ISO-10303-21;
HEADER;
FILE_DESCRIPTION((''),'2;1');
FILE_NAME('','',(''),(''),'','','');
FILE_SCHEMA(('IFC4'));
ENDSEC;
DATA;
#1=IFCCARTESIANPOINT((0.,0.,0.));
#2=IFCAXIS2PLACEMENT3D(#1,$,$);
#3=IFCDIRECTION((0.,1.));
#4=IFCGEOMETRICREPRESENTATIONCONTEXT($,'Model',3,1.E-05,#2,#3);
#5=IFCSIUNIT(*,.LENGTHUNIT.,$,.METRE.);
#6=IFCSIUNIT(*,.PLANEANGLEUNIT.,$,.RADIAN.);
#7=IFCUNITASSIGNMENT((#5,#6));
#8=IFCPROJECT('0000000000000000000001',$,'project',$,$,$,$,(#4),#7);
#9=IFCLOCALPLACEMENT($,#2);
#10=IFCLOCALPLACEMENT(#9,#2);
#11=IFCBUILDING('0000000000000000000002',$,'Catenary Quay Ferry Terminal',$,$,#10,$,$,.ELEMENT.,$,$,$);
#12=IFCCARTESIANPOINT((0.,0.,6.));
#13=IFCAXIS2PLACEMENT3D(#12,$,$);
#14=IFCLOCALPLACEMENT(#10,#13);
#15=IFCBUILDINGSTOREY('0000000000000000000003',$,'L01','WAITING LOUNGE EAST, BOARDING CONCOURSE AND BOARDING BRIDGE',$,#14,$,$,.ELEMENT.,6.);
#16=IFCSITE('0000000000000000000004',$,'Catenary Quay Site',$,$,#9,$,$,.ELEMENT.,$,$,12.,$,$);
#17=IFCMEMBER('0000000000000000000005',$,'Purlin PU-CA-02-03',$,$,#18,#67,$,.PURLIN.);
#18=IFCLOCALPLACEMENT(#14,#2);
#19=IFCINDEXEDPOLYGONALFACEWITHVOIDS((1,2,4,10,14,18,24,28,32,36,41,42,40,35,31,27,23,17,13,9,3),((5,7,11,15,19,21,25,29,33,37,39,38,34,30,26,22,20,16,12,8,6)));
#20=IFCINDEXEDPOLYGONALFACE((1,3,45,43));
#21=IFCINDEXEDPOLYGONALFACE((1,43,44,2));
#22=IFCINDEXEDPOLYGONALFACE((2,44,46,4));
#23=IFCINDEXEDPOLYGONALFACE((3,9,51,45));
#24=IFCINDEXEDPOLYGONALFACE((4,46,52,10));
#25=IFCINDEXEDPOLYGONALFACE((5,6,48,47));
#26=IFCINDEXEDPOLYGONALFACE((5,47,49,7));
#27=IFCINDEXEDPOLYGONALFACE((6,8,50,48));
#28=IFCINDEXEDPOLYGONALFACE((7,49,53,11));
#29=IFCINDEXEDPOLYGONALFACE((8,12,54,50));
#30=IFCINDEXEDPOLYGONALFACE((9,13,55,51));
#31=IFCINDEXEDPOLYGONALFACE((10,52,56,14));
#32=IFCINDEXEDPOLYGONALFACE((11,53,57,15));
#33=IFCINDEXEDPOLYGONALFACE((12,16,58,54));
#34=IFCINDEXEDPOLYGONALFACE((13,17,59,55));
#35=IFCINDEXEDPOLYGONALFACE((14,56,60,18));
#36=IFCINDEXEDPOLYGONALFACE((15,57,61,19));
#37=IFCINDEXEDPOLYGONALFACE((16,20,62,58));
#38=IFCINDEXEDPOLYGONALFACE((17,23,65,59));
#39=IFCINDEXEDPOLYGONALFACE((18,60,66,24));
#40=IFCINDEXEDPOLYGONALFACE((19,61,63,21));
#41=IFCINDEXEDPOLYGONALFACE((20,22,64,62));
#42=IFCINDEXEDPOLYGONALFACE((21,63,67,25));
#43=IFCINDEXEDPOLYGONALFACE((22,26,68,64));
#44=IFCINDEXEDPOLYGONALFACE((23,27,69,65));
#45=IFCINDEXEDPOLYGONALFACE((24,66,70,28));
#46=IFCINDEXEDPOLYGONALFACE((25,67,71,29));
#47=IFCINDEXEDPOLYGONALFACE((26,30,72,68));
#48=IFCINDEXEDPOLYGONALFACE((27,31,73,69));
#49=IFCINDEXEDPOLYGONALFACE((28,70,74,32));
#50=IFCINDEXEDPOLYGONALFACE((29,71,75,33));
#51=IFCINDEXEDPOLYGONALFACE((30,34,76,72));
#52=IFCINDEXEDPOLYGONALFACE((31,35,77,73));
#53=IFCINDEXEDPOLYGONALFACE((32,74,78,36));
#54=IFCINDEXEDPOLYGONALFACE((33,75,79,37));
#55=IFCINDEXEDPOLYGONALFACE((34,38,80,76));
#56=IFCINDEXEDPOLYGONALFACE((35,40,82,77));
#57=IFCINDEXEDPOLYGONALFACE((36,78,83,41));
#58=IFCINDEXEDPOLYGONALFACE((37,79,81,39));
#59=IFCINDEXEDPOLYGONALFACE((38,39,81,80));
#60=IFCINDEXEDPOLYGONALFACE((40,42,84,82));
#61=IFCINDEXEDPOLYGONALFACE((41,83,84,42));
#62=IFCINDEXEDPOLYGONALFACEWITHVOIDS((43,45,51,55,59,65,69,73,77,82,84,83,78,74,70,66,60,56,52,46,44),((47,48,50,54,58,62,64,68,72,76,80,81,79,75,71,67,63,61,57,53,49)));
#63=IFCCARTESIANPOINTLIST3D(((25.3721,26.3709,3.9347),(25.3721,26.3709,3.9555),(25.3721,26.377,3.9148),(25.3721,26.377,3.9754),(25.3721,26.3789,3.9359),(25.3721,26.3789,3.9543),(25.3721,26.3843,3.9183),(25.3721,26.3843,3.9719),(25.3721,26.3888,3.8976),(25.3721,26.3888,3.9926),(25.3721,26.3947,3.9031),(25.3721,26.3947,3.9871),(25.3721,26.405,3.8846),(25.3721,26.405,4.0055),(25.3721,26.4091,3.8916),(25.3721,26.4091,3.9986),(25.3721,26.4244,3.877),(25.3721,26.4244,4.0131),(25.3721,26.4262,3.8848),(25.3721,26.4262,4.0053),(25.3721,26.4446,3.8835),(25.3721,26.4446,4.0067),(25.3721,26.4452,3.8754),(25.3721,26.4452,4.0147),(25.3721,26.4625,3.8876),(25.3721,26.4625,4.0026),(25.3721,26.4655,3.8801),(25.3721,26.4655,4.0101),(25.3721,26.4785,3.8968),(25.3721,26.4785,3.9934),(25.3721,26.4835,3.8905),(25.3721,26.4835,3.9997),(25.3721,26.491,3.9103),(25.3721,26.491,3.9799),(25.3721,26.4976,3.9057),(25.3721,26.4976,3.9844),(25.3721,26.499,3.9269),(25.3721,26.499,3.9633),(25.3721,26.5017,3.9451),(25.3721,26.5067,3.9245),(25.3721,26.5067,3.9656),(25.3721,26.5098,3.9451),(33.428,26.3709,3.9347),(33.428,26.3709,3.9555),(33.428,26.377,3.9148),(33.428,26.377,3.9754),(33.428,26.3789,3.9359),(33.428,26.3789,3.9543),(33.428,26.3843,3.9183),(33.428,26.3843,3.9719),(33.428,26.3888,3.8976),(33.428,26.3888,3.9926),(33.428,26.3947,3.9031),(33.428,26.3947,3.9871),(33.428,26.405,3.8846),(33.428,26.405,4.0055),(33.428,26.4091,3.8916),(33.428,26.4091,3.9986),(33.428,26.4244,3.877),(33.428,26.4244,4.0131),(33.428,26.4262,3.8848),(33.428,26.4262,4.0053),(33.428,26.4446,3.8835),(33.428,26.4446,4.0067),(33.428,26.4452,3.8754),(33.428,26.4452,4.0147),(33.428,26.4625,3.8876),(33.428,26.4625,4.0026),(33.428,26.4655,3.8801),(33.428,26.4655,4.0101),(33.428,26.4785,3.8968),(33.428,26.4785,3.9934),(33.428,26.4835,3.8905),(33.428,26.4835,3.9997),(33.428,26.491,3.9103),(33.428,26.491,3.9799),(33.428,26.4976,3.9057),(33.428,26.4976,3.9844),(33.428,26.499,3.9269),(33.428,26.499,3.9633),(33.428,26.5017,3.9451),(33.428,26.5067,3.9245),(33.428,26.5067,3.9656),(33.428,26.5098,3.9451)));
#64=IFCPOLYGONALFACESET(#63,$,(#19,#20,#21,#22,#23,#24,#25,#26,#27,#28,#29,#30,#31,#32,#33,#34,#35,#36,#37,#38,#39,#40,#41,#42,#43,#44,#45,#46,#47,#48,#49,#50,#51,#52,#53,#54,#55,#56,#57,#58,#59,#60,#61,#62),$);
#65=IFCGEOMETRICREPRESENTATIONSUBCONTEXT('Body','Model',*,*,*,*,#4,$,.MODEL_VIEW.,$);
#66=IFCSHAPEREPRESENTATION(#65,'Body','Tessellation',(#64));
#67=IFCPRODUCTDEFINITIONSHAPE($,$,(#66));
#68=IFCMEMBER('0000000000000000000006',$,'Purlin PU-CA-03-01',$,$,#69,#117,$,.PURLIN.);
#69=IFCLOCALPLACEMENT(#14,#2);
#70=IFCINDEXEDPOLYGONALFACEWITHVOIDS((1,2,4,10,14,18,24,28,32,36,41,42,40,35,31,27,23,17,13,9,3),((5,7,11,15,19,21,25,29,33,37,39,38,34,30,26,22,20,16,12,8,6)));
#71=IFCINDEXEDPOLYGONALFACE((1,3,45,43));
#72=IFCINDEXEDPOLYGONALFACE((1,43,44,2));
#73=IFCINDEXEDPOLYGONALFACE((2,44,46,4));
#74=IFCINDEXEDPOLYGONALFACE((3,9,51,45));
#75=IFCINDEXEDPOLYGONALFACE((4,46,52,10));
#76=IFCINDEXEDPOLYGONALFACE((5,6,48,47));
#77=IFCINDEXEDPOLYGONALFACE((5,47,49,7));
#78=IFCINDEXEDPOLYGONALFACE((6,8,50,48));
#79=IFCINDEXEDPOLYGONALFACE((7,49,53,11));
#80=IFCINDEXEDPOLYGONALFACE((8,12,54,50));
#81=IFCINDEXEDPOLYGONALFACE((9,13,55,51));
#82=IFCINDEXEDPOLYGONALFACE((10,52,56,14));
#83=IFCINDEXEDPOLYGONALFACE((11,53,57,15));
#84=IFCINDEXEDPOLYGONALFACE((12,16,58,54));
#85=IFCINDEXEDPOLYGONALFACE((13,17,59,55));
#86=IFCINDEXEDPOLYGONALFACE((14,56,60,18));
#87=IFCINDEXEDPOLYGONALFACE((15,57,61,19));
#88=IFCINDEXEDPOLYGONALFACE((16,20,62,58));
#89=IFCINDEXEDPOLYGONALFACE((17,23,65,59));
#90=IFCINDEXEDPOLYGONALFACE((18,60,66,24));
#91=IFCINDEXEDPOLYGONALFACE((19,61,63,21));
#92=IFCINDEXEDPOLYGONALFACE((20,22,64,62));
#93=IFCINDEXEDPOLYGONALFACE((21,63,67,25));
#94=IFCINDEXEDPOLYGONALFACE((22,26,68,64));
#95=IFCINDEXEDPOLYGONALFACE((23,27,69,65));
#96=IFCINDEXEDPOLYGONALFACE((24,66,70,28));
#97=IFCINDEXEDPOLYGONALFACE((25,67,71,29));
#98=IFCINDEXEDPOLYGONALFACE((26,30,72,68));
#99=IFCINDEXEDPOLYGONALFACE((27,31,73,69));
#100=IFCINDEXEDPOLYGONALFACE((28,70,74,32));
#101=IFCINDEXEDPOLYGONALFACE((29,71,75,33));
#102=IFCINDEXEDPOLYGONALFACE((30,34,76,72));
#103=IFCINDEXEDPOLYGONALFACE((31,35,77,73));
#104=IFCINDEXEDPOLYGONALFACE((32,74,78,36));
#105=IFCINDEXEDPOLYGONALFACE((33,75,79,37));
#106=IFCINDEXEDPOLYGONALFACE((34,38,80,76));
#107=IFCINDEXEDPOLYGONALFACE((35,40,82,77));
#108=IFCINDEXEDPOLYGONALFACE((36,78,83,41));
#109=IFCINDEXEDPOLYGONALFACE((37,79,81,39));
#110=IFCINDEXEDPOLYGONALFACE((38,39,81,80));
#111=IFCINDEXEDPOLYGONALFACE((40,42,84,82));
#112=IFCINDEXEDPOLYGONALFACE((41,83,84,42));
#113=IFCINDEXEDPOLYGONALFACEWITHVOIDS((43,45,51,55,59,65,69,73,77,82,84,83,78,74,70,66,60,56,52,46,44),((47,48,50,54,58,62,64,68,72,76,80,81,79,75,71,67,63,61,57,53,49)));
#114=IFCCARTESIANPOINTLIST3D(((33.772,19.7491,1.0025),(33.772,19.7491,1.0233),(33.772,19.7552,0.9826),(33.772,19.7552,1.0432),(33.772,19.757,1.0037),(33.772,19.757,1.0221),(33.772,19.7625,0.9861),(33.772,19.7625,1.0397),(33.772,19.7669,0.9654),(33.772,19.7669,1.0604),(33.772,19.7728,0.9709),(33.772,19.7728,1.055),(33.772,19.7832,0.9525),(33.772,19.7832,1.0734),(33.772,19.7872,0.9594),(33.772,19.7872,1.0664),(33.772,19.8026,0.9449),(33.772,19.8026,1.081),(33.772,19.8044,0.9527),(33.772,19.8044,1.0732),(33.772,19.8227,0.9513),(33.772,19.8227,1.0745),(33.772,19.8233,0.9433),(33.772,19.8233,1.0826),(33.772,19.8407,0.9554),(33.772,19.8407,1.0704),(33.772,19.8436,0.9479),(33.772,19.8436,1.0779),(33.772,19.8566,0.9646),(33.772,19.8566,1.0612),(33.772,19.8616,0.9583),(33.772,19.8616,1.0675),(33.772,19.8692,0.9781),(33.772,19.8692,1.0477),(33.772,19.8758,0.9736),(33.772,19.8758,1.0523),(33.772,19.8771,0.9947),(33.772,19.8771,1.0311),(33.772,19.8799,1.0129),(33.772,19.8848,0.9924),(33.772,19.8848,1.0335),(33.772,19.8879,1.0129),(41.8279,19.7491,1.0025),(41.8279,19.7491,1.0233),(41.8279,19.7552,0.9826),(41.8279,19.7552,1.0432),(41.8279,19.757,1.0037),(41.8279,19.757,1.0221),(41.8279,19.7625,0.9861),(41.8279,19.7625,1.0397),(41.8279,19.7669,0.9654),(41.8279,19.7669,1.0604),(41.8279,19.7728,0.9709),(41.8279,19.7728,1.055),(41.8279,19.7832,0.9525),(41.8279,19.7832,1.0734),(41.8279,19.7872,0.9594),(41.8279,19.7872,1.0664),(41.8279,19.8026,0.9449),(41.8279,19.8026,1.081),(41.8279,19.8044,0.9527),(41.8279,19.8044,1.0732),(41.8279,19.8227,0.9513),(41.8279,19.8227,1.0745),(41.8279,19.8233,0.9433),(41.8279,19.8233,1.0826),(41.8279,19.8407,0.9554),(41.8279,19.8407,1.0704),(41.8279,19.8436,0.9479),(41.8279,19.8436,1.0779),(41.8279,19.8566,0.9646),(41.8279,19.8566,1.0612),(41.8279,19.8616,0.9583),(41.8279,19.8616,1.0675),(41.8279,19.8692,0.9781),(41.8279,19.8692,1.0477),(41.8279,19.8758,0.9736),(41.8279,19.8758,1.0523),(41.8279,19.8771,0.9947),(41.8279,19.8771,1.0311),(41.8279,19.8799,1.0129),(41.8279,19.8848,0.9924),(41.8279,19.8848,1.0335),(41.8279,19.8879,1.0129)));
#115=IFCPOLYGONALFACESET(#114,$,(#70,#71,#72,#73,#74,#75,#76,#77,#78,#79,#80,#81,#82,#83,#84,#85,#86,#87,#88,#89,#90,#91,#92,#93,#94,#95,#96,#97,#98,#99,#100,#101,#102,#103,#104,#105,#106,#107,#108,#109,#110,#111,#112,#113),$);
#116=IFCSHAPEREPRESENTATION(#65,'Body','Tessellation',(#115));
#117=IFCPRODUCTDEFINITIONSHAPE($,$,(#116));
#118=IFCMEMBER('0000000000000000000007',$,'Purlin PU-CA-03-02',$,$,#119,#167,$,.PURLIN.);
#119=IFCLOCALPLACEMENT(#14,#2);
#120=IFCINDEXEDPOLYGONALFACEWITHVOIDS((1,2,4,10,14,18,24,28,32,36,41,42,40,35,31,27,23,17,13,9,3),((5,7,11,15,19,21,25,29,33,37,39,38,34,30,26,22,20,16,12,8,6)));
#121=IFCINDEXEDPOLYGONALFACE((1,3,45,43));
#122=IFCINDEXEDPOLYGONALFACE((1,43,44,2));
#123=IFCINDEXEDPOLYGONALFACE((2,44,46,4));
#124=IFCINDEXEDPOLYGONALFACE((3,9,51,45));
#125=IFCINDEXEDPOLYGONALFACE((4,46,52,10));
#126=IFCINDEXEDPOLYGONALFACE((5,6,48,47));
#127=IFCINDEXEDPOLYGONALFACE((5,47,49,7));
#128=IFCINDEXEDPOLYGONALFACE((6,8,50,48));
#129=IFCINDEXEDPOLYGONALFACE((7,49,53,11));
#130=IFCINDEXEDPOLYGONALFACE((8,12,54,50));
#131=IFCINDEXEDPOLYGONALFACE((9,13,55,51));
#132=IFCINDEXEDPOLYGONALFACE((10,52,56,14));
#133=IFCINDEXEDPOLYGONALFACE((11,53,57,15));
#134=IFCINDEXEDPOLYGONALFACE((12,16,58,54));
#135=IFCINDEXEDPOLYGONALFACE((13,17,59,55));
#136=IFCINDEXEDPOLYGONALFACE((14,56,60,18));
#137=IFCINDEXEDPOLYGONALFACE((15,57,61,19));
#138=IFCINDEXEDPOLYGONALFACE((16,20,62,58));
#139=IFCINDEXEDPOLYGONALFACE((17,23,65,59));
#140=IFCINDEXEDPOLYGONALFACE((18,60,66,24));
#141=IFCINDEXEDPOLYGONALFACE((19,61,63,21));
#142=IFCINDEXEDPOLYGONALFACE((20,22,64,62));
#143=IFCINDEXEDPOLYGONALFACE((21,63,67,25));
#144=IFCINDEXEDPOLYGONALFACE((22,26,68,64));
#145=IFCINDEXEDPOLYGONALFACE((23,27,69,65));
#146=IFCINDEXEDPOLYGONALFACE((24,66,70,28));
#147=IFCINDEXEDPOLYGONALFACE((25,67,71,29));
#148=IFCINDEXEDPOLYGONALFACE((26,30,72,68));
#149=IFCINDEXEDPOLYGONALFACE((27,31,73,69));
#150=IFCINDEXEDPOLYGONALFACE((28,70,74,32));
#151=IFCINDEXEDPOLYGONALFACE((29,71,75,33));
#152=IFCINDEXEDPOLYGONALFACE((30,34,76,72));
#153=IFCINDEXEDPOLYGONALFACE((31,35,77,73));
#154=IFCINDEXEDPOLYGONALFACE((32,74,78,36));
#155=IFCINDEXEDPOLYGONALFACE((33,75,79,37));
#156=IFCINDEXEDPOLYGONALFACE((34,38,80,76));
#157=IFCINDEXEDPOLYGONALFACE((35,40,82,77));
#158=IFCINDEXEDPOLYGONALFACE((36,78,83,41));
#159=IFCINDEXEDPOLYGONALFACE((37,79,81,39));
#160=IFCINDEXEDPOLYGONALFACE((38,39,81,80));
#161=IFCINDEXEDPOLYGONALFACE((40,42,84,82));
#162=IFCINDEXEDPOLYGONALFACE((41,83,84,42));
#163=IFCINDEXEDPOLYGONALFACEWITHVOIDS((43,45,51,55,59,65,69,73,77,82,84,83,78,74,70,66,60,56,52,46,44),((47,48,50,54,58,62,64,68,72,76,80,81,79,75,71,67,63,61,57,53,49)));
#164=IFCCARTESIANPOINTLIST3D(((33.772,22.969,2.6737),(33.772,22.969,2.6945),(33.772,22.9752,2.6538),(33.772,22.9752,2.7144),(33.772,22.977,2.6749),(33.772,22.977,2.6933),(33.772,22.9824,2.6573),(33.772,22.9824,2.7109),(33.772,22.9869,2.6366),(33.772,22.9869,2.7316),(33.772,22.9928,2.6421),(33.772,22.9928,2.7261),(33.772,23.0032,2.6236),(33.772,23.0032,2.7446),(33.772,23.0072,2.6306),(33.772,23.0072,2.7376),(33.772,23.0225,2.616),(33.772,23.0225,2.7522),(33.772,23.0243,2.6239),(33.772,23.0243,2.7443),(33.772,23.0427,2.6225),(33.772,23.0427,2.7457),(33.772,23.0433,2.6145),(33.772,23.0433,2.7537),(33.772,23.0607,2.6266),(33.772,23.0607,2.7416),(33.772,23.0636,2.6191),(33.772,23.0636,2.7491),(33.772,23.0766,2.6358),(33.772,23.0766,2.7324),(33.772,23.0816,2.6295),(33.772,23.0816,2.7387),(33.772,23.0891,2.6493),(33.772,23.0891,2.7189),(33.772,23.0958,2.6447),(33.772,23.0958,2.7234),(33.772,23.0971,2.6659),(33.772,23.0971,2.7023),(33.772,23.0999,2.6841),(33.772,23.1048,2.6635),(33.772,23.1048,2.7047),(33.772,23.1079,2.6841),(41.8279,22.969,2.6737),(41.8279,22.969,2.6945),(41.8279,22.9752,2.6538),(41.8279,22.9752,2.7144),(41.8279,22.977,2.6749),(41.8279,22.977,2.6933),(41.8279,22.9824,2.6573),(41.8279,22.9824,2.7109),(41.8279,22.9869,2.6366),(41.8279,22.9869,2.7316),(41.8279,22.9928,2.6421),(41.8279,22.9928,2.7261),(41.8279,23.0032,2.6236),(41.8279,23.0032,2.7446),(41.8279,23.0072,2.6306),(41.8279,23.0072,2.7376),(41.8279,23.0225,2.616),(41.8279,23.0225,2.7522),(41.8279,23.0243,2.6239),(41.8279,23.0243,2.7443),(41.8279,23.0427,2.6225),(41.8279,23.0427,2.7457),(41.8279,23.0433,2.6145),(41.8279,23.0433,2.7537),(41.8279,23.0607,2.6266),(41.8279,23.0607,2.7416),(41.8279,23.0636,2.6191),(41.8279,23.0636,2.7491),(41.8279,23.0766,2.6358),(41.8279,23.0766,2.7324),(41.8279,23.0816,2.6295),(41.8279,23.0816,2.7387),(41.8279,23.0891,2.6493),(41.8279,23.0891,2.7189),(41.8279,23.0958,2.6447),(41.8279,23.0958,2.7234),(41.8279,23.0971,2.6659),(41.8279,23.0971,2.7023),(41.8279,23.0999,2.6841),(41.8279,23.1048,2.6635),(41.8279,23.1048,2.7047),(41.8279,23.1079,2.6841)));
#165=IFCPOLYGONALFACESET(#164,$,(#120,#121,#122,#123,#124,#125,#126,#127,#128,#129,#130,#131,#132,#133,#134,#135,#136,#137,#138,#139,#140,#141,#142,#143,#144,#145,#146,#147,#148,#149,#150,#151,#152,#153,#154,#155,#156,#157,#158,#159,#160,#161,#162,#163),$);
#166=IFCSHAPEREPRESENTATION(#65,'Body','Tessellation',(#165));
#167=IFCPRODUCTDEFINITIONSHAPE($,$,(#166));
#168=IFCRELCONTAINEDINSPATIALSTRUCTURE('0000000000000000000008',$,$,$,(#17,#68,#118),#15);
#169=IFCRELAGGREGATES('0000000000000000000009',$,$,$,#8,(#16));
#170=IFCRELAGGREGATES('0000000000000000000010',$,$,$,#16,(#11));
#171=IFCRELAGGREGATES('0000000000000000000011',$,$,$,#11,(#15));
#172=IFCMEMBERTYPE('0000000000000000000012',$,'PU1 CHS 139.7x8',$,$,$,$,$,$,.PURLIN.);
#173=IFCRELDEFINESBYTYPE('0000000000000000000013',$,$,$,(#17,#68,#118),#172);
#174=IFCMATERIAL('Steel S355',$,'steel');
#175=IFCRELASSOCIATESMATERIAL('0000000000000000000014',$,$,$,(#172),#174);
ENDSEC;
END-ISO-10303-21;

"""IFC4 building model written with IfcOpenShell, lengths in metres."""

from ifc_helpers import new_model, si_unit, direction, frame, origin, origin_2d, place, context, subcontext, project, spatial, hollow_circle, extrude, material, material_profile, profile_set, type_object, element, save


model = new_model("IFC4")

# Units and contexts
model_context = context("Model", 3, precision=1e-05, world=origin(), true_north=direction((0.0, 1.0)))
body_context = subcontext(model_context, "Body", "Model", "MODEL_VIEW")
ifc_project = project(units=[si_unit("LENGTHUNIT", "METRE"), si_unit("PLANEANGLEUNIT", "RADIAN")], contexts=[model_context])

# Site, building, storey
site_placement = place(None, origin())
site = spatial("IfcSite", under=ifc_project, at=site_placement, Name="Catenary Quay Site", CompositionType="ELEMENT", RefElevation=12.0)
building_placement = place(site_placement, origin())
building = spatial("IfcBuilding", under=site, at=building_placement, Name="Catenary Quay Ferry Terminal", CompositionType="ELEMENT")
storey_placement = place(building_placement, frame((0.0, 0.0, 6.0)))
storey = spatial("IfcBuildingStorey", under=building, at=storey_placement, Name="L01", Description="WAITING LOUNGE EAST, BOARDING CONCOURSE AND BOARDING BRIDGE", CompositionType="ELEMENT", Elevation=6.0)

# Members
ifc_material_1 = material(Name="Steel S355", Category="steel")
ifc_material_profile_1 = material_profile(ifc_material_1, hollow_circle(Radius=0.0698, WallThickness=0.0081, at=origin_2d()), Name="CHS 139.7x8")
ifc_profile_set_1 = profile_set([ifc_material_profile_1], Name="Steel S355")
member_type_1 = type_object("IfcMemberType", Name="PU1 CHS 139.7x8", PredefinedType="PURLIN", material=ifc_profile_set_1)
for number, where, z_axis, x_axis, name in (
    (1, (25.3721, 26.4399, 3.9451), (1.0, 0.0, 0.0), (0.0, 1.0, 0.0), "Purlin PU-CA-02-03"),
    (2, (33.772, 19.8181, 1.0129), (1.0, 0.0, 0.0), (0.0, 1.0, 0.0), "Purlin PU-CA-03-01"),
    (3, (33.772, 23.0381, 2.6841), (1.0, 0.0, 0.0), (0.0, 1.0, 0.0), "Purlin PU-CA-03-02"),
):
    element("IfcMember", number, at=place(storey_placement, frame(where, z_axis=z_axis, x_axis=x_axis)), inside=storey, type_object=member_type_1, Name=name, PredefinedType="PURLIN", context=body_context, shape_type="SweptSolid", body=[
        extrude(hollow_circle(Radius=0.0698, WallThickness=0.0081, at=origin_2d()), origin(), (0.0, 0.0, 1.0), 8.0559),
    ])

save(model, "model.ifc")
